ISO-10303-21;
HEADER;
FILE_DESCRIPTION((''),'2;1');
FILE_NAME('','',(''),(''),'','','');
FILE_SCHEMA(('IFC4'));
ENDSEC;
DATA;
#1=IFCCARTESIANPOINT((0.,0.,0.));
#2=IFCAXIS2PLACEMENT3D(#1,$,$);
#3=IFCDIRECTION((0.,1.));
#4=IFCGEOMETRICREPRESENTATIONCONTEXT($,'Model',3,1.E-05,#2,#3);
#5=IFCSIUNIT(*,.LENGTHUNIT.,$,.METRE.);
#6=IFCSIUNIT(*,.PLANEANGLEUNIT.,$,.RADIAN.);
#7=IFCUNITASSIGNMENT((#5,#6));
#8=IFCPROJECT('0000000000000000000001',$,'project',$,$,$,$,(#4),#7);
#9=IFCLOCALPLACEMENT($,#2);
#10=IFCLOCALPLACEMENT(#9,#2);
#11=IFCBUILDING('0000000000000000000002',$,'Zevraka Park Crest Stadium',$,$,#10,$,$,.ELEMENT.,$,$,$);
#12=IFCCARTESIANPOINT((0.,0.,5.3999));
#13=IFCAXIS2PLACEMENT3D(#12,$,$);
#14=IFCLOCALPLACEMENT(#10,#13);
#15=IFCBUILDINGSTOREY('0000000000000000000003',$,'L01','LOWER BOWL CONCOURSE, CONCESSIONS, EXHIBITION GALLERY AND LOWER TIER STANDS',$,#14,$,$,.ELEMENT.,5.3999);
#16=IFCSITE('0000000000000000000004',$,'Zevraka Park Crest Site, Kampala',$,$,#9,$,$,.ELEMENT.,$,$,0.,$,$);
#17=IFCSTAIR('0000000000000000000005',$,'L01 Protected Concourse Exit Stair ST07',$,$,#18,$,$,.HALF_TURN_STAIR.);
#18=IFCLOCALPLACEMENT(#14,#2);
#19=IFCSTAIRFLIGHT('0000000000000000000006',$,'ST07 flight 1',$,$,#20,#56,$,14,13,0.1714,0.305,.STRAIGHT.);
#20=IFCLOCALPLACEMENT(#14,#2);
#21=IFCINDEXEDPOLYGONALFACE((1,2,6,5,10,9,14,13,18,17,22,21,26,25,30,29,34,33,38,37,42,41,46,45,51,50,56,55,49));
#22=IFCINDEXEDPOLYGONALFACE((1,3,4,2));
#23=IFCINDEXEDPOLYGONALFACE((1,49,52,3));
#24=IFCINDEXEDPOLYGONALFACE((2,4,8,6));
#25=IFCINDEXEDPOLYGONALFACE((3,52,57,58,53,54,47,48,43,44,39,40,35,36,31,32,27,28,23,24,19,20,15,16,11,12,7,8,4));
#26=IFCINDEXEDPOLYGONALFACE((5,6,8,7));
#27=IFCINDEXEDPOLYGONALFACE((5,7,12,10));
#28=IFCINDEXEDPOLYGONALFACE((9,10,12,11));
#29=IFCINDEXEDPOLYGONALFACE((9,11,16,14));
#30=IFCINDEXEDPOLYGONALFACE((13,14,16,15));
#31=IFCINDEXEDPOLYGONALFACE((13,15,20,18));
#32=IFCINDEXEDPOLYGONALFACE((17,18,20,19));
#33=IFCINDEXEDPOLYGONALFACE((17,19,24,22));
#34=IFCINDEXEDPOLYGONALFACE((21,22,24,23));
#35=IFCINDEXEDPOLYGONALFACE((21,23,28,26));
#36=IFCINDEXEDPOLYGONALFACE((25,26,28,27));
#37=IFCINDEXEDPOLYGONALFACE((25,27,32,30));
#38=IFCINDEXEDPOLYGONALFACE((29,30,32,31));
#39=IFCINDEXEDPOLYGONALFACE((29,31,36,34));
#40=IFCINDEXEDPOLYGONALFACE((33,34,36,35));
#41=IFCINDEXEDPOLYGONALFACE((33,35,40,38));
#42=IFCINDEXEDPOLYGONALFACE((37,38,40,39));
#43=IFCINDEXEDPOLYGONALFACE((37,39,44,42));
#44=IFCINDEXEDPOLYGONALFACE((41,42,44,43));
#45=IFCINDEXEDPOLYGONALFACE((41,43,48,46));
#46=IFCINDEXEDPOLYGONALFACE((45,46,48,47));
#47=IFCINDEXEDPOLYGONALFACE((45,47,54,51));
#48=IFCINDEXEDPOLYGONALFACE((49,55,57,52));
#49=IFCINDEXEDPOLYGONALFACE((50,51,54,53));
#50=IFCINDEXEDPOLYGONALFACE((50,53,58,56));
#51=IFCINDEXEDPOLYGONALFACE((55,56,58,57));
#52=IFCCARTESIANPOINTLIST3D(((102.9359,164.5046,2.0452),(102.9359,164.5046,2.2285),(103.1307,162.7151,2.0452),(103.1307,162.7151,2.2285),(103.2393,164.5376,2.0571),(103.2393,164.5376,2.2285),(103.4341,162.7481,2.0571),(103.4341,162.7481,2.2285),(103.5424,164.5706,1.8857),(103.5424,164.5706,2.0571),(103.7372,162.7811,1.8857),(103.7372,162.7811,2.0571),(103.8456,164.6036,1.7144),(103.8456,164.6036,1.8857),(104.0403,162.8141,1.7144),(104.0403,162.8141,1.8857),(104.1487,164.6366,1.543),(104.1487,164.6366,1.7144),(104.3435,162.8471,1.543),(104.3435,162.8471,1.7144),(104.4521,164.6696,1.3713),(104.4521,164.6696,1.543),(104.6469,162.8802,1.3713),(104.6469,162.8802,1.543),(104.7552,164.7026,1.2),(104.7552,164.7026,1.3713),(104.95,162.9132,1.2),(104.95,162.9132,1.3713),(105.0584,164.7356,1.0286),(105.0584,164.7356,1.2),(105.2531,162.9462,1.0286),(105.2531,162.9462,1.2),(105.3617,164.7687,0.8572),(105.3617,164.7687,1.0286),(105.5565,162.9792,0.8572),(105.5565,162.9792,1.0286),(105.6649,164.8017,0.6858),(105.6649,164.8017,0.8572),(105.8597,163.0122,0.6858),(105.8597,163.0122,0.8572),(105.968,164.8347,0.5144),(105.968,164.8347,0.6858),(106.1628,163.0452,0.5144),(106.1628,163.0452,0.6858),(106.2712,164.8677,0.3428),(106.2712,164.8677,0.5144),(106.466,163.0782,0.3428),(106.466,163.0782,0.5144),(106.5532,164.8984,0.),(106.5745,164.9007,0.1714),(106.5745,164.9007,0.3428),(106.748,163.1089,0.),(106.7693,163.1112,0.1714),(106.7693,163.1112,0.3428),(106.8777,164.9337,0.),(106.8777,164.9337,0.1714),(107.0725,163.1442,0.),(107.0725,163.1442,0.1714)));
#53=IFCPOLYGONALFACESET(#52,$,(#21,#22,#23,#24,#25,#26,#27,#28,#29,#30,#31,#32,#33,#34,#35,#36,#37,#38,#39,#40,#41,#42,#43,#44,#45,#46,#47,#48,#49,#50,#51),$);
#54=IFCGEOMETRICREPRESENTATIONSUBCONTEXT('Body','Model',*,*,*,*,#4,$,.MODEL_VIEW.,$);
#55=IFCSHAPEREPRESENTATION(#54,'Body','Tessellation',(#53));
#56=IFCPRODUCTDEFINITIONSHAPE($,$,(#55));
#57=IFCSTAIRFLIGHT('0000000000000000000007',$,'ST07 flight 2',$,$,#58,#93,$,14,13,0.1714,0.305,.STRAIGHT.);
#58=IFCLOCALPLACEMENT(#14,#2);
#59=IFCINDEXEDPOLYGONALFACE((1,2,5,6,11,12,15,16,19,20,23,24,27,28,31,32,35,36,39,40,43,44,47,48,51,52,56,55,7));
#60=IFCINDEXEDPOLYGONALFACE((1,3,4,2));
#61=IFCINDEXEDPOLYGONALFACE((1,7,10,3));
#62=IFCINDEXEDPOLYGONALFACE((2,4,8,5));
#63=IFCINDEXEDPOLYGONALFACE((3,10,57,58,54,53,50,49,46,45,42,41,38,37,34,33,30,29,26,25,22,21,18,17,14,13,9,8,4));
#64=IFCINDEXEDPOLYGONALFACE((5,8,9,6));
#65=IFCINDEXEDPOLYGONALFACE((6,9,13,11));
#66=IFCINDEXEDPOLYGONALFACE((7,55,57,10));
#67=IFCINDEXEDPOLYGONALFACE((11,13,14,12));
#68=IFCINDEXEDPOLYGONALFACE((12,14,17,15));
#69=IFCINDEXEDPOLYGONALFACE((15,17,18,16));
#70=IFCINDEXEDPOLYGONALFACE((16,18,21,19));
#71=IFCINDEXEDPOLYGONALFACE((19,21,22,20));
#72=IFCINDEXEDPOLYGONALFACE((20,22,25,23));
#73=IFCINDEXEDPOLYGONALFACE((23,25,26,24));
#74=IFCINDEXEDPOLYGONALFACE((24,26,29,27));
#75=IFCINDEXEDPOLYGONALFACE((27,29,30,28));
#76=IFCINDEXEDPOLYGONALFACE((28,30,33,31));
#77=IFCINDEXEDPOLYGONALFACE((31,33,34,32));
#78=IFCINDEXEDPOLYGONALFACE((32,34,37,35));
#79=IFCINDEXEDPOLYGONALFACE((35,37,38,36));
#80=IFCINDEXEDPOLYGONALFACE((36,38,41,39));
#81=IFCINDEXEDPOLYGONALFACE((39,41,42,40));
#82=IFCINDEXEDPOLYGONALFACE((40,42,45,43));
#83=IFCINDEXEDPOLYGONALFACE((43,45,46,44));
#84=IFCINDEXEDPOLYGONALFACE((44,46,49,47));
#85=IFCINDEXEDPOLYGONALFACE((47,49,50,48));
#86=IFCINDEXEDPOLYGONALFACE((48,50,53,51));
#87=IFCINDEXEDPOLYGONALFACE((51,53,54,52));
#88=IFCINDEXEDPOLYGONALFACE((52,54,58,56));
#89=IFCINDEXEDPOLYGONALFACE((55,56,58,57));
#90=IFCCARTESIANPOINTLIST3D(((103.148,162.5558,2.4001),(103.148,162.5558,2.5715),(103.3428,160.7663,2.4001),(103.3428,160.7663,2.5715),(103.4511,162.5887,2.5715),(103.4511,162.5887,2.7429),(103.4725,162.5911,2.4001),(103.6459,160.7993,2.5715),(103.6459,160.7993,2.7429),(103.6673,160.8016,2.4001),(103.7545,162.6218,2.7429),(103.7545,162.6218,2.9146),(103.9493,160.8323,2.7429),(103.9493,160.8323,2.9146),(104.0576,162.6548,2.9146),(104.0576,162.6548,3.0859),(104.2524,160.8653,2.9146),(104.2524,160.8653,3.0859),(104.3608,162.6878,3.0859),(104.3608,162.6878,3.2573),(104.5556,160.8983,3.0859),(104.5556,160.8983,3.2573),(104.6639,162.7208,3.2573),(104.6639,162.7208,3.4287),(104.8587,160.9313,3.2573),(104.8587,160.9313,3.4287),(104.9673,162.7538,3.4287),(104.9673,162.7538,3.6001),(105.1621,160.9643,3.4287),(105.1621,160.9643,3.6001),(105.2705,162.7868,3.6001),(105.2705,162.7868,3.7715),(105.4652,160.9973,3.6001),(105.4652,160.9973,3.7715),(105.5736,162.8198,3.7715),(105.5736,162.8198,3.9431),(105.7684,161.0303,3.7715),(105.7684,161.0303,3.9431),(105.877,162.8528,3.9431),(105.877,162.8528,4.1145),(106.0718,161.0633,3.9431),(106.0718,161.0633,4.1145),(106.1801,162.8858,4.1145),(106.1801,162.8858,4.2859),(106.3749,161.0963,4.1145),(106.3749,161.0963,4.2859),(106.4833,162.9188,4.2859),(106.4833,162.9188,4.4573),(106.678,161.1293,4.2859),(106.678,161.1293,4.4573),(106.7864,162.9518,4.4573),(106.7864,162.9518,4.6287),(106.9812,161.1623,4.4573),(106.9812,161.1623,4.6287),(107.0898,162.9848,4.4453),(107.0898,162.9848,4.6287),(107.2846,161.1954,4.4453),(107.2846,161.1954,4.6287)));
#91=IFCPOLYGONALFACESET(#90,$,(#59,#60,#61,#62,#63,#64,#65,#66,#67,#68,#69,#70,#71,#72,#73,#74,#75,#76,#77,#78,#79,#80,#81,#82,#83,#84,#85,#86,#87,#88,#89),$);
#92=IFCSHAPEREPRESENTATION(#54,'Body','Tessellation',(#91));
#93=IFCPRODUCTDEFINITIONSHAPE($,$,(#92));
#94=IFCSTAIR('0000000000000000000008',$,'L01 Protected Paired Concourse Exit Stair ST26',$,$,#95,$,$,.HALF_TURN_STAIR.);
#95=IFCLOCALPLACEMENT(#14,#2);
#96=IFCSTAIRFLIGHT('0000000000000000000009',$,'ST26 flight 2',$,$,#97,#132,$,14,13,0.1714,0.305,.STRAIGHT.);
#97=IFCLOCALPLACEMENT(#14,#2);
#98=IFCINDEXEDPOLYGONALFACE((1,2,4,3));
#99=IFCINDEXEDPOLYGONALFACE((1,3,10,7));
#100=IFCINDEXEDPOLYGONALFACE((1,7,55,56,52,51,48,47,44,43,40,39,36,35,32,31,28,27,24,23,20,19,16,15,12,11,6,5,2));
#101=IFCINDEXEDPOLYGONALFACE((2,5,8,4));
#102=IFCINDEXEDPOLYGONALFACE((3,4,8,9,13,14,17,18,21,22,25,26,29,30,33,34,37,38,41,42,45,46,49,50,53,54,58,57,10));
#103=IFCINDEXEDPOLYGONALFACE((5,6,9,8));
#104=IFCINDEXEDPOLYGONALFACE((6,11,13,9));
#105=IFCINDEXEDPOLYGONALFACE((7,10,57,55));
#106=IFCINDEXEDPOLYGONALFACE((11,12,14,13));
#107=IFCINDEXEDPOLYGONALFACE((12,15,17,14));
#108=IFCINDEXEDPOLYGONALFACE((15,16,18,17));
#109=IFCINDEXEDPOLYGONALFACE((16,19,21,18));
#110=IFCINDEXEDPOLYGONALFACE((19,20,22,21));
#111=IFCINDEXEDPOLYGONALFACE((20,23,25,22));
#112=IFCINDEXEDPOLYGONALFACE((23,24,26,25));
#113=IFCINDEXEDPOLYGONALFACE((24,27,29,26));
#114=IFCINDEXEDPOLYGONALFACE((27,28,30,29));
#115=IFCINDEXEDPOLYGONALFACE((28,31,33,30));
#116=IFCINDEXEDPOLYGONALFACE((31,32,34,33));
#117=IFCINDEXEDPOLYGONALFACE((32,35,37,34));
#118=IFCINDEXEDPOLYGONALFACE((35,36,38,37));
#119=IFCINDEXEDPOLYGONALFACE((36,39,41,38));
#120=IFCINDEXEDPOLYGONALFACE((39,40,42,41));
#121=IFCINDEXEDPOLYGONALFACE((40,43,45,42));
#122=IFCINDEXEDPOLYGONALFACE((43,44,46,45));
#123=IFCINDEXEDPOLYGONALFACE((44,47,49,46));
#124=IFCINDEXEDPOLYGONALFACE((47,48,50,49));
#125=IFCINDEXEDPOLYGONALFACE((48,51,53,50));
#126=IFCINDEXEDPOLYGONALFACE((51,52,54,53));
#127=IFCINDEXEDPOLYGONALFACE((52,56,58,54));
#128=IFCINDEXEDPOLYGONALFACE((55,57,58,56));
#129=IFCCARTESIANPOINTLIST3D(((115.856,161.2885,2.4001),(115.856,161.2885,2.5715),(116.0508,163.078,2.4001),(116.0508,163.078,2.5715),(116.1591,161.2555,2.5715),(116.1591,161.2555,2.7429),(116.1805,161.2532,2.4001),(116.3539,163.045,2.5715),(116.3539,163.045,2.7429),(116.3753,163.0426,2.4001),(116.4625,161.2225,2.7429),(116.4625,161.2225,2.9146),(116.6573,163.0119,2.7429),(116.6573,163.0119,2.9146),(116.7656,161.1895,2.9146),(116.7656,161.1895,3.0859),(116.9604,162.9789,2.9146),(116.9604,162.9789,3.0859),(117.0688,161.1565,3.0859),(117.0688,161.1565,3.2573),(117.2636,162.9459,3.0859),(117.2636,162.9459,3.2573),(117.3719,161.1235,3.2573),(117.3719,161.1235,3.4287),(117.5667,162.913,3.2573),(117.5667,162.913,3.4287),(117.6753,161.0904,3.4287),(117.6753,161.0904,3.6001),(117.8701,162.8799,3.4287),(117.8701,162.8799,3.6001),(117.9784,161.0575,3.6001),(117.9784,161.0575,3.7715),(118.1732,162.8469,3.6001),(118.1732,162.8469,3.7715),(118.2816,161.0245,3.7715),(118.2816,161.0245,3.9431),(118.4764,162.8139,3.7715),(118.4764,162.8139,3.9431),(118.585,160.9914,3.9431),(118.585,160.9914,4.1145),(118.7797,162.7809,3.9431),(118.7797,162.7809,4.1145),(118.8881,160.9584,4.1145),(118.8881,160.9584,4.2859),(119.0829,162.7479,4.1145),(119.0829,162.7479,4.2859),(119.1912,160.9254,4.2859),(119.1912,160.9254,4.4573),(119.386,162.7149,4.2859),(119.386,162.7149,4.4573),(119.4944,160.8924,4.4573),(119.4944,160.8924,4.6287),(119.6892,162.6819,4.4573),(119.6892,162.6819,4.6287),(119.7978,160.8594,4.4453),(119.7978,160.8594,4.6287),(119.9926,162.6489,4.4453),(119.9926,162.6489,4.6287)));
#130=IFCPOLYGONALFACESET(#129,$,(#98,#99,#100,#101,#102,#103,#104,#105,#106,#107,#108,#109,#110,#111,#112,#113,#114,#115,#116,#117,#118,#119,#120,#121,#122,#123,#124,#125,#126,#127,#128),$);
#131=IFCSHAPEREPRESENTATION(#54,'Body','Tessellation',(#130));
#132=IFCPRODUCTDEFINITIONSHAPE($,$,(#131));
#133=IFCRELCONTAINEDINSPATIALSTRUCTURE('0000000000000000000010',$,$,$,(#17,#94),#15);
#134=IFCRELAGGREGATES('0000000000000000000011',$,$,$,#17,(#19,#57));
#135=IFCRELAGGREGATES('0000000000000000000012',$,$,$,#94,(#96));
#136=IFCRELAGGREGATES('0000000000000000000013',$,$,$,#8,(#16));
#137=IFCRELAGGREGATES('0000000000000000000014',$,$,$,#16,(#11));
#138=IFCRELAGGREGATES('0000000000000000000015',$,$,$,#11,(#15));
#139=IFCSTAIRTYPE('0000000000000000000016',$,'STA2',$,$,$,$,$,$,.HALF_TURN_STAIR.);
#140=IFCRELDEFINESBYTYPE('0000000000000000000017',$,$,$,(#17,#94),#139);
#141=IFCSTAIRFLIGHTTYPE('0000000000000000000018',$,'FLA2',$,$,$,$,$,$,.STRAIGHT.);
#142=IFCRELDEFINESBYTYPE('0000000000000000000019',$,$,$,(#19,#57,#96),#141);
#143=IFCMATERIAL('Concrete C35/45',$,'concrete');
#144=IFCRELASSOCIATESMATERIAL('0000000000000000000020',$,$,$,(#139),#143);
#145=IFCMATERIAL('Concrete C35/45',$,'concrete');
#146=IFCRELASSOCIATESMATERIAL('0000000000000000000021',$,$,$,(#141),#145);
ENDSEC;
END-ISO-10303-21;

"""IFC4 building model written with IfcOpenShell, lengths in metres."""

from ifc_helpers import new_model, si_unit, direction, frame, origin, place, context, subcontext, project, spatial, polyline, outline, extrude, material, type_object, element, aggregate, save


model = new_model("IFC4")

# Units and contexts
model_context = context("Model", 3, precision=1e-05, world=origin(), true_north=direction((0.0, 1.0)))
body_context = subcontext(model_context, "Body", "Model", "MODEL_VIEW")
ifc_project = project(units=[si_unit("LENGTHUNIT", "METRE"), si_unit("PLANEANGLEUNIT", "RADIAN")], contexts=[model_context])

# Site, building, storey
site_placement = place(None, origin())
site = spatial("IfcSite", under=ifc_project, at=site_placement, Name="Zevraka Park Crest Site, Kampala", CompositionType="ELEMENT", RefElevation=0.0)
building_placement = place(site_placement, origin())
building = spatial("IfcBuilding", under=site, at=building_placement, Name="Zevraka Park Crest Stadium", CompositionType="ELEMENT")
storey_placement = place(building_placement, frame((0.0, 0.0, 5.3999)))
storey = spatial("IfcBuildingStorey", under=building, at=storey_placement, Name="L01", Description="LOWER BOWL CONCOURSE, CONCESSIONS, EXHIBITION GALLERY AND LOWER TIER STANDS", CompositionType="ELEMENT", Elevation=5.3999)

# Stair, stair flights
ifc_material_1 = material(Name="Concrete C35/45", Category="concrete")
stair_type = type_object("IfcStairType", Name="STA2", PredefinedType="HALF_TURN_STAIR", material=ifc_material_1)
stair_1_placement = place(storey_placement, origin())
stair_1 = element("IfcStair", 1, at=stair_1_placement, inside=storey, type_object=stair_type, Name="L01 Protected Concourse Exit Stair ST07", PredefinedType="HALF_TURN_STAIR")
ifc_material_2 = material(Name="Concrete C35/45", Category="concrete")
stair_flight_type = type_object("IfcStairFlightType", Name="FLA2", PredefinedType="STRAIGHT", material=ifc_material_2)
stair_flight_1_placement = place(storey_placement, frame((106.9751, 164.0388, 0.0), z_axis=(0.0, 0.0, 1.0), x_axis=(-0.994128, -0.108215, 0.0)))
stair_flight_1 = element("IfcStairFlight", 2, at=stair_flight_1_placement, type_object=stair_flight_type, Name="ST07 flight 1", NumberOfRisers=14, NumberOfTreads=13, PredefinedType="STRAIGHT", RiserHeight=0.1714, TreadLength=0.305, context=body_context, shape_type="SweptSolid", body=[
    extrude(outline(polyline([(0.0, 0.0), (0.0, 0.1714), (0.3049, 0.1714), (0.3049, 0.3428), (0.6101, 0.3428), (0.6101, 0.5144), (0.915, 0.5144), (0.915, 0.6858), (1.22, 0.6858), (1.22, 0.8572), (1.5249, 0.8572), (1.5249, 1.0286), (1.8301, 1.0286), (1.8301, 1.2), (2.135, 1.2), (2.135, 1.3713), (2.4399, 1.3713), (2.4399, 1.543), (2.7451, 1.543), (2.7451, 1.7144), (3.05, 1.7144), (3.05, 1.8857), (3.355, 1.8857), (3.355, 2.0571), (3.6599, 2.0571), (3.6599, 2.2285), (3.9651, 2.2285), (3.9651, 2.3999), (3.9651, 2.0452), (0.3264, 0.0), (0.0, 0.0)])), frame((0.0, 0.8999, 0.0), z_axis=(0.0, -1.0, 0.0), x_axis=(1.0, 0.0, 0.0)), (0.0, 0.0, 1.0), 1.8),
])
stair_flight_2_placement = place(storey_placement, frame((103.2454, 161.6611, 2.4001), z_axis=(0.0, 0.0, 1.0), x_axis=(0.994128, 0.108215, 0.0)))
stair_flight_2 = element("IfcStairFlight", 3, at=stair_flight_2_placement, type_object=stair_flight_type, Name="ST07 flight 2", NumberOfRisers=14, NumberOfTreads=13, PredefinedType="STRAIGHT", RiserHeight=0.1714, TreadLength=0.305, context=body_context, shape_type="SweptSolid", body=[
    extrude(outline(polyline([(0.0, 0.0), (0.0, 0.1714), (0.3049, 0.1714), (0.3049, 0.3428), (0.6101, 0.3428), (0.6101, 0.5144), (0.915, 0.5144), (0.915, 0.6858), (1.22, 0.6858), (1.22, 0.8572), (1.5249, 0.8572), (1.5249, 1.0286), (1.8301, 1.0286), (1.8301, 1.2), (2.135, 1.2), (2.135, 1.3713), (2.4399, 1.3713), (2.4399, 1.543), (2.7451, 1.543), (2.7451, 1.7144), (3.05, 1.7144), (3.05, 1.8857), (3.355, 1.8857), (3.355, 2.0571), (3.6599, 2.0571), (3.6599, 2.2285), (3.9651, 2.2285), (3.9651, 2.3999), (3.9651, 2.0452), (0.3264, 0.0), (0.0, 0.0)])), frame((0.0, 0.8999, 0.0), z_axis=(0.0, -1.0, 0.0), x_axis=(1.0, 0.0, 0.0)), (0.0, 0.0, 1.0), 1.8),
])
aggregate(stair_1, [stair_flight_1, stair_flight_2])

# Stair, stair flight
stair_2_placement = place(storey_placement, origin())
stair_2 = element("IfcStair", 4, at=stair_2_placement, inside=storey, type_object=stair_type, Name="L01 Protected Paired Concourse Exit Stair ST26", PredefinedType="HALF_TURN_STAIR")
stair_flight_3_placement = place(storey_placement, frame((115.9534, 162.1833, 2.4001), z_axis=(0.0, 0.0, 1.0), x_axis=(0.994128, -0.108215, 0.0)))
stair_flight_3 = element("IfcStairFlight", 5, at=stair_flight_3_placement, type_object=stair_flight_type, Name="ST26 flight 2", NumberOfRisers=14, NumberOfTreads=13, PredefinedType="STRAIGHT", RiserHeight=0.1714, TreadLength=0.305, context=body_context, shape_type="SweptSolid", body=[
    extrude(outline(polyline([(0.0, 0.0), (0.0, 0.1714), (0.3049, 0.1714), (0.3049, 0.3428), (0.6101, 0.3428), (0.6101, 0.5144), (0.915, 0.5144), (0.915, 0.6858), (1.22, 0.6858), (1.22, 0.8572), (1.5249, 0.8572), (1.5249, 1.0286), (1.8301, 1.0286), (1.8301, 1.2), (2.135, 1.2), (2.135, 1.3713), (2.4399, 1.3713), (2.4399, 1.543), (2.7451, 1.543), (2.7451, 1.7144), (3.05, 1.7144), (3.05, 1.8857), (3.355, 1.8857), (3.355, 2.0571), (3.6599, 2.0571), (3.6599, 2.2285), (3.9651, 2.2285), (3.9651, 2.3999), (3.9651, 2.0452), (0.3264, 0.0), (0.0, 0.0)])), frame((0.0, 0.8999, 0.0), z_axis=(0.0, -1.0, 0.0), x_axis=(1.0, 0.0, 0.0)), (0.0, 0.0, 1.0), 1.8),
])
aggregate(stair_2, [stair_flight_3])

save(model, "model.ifc")
